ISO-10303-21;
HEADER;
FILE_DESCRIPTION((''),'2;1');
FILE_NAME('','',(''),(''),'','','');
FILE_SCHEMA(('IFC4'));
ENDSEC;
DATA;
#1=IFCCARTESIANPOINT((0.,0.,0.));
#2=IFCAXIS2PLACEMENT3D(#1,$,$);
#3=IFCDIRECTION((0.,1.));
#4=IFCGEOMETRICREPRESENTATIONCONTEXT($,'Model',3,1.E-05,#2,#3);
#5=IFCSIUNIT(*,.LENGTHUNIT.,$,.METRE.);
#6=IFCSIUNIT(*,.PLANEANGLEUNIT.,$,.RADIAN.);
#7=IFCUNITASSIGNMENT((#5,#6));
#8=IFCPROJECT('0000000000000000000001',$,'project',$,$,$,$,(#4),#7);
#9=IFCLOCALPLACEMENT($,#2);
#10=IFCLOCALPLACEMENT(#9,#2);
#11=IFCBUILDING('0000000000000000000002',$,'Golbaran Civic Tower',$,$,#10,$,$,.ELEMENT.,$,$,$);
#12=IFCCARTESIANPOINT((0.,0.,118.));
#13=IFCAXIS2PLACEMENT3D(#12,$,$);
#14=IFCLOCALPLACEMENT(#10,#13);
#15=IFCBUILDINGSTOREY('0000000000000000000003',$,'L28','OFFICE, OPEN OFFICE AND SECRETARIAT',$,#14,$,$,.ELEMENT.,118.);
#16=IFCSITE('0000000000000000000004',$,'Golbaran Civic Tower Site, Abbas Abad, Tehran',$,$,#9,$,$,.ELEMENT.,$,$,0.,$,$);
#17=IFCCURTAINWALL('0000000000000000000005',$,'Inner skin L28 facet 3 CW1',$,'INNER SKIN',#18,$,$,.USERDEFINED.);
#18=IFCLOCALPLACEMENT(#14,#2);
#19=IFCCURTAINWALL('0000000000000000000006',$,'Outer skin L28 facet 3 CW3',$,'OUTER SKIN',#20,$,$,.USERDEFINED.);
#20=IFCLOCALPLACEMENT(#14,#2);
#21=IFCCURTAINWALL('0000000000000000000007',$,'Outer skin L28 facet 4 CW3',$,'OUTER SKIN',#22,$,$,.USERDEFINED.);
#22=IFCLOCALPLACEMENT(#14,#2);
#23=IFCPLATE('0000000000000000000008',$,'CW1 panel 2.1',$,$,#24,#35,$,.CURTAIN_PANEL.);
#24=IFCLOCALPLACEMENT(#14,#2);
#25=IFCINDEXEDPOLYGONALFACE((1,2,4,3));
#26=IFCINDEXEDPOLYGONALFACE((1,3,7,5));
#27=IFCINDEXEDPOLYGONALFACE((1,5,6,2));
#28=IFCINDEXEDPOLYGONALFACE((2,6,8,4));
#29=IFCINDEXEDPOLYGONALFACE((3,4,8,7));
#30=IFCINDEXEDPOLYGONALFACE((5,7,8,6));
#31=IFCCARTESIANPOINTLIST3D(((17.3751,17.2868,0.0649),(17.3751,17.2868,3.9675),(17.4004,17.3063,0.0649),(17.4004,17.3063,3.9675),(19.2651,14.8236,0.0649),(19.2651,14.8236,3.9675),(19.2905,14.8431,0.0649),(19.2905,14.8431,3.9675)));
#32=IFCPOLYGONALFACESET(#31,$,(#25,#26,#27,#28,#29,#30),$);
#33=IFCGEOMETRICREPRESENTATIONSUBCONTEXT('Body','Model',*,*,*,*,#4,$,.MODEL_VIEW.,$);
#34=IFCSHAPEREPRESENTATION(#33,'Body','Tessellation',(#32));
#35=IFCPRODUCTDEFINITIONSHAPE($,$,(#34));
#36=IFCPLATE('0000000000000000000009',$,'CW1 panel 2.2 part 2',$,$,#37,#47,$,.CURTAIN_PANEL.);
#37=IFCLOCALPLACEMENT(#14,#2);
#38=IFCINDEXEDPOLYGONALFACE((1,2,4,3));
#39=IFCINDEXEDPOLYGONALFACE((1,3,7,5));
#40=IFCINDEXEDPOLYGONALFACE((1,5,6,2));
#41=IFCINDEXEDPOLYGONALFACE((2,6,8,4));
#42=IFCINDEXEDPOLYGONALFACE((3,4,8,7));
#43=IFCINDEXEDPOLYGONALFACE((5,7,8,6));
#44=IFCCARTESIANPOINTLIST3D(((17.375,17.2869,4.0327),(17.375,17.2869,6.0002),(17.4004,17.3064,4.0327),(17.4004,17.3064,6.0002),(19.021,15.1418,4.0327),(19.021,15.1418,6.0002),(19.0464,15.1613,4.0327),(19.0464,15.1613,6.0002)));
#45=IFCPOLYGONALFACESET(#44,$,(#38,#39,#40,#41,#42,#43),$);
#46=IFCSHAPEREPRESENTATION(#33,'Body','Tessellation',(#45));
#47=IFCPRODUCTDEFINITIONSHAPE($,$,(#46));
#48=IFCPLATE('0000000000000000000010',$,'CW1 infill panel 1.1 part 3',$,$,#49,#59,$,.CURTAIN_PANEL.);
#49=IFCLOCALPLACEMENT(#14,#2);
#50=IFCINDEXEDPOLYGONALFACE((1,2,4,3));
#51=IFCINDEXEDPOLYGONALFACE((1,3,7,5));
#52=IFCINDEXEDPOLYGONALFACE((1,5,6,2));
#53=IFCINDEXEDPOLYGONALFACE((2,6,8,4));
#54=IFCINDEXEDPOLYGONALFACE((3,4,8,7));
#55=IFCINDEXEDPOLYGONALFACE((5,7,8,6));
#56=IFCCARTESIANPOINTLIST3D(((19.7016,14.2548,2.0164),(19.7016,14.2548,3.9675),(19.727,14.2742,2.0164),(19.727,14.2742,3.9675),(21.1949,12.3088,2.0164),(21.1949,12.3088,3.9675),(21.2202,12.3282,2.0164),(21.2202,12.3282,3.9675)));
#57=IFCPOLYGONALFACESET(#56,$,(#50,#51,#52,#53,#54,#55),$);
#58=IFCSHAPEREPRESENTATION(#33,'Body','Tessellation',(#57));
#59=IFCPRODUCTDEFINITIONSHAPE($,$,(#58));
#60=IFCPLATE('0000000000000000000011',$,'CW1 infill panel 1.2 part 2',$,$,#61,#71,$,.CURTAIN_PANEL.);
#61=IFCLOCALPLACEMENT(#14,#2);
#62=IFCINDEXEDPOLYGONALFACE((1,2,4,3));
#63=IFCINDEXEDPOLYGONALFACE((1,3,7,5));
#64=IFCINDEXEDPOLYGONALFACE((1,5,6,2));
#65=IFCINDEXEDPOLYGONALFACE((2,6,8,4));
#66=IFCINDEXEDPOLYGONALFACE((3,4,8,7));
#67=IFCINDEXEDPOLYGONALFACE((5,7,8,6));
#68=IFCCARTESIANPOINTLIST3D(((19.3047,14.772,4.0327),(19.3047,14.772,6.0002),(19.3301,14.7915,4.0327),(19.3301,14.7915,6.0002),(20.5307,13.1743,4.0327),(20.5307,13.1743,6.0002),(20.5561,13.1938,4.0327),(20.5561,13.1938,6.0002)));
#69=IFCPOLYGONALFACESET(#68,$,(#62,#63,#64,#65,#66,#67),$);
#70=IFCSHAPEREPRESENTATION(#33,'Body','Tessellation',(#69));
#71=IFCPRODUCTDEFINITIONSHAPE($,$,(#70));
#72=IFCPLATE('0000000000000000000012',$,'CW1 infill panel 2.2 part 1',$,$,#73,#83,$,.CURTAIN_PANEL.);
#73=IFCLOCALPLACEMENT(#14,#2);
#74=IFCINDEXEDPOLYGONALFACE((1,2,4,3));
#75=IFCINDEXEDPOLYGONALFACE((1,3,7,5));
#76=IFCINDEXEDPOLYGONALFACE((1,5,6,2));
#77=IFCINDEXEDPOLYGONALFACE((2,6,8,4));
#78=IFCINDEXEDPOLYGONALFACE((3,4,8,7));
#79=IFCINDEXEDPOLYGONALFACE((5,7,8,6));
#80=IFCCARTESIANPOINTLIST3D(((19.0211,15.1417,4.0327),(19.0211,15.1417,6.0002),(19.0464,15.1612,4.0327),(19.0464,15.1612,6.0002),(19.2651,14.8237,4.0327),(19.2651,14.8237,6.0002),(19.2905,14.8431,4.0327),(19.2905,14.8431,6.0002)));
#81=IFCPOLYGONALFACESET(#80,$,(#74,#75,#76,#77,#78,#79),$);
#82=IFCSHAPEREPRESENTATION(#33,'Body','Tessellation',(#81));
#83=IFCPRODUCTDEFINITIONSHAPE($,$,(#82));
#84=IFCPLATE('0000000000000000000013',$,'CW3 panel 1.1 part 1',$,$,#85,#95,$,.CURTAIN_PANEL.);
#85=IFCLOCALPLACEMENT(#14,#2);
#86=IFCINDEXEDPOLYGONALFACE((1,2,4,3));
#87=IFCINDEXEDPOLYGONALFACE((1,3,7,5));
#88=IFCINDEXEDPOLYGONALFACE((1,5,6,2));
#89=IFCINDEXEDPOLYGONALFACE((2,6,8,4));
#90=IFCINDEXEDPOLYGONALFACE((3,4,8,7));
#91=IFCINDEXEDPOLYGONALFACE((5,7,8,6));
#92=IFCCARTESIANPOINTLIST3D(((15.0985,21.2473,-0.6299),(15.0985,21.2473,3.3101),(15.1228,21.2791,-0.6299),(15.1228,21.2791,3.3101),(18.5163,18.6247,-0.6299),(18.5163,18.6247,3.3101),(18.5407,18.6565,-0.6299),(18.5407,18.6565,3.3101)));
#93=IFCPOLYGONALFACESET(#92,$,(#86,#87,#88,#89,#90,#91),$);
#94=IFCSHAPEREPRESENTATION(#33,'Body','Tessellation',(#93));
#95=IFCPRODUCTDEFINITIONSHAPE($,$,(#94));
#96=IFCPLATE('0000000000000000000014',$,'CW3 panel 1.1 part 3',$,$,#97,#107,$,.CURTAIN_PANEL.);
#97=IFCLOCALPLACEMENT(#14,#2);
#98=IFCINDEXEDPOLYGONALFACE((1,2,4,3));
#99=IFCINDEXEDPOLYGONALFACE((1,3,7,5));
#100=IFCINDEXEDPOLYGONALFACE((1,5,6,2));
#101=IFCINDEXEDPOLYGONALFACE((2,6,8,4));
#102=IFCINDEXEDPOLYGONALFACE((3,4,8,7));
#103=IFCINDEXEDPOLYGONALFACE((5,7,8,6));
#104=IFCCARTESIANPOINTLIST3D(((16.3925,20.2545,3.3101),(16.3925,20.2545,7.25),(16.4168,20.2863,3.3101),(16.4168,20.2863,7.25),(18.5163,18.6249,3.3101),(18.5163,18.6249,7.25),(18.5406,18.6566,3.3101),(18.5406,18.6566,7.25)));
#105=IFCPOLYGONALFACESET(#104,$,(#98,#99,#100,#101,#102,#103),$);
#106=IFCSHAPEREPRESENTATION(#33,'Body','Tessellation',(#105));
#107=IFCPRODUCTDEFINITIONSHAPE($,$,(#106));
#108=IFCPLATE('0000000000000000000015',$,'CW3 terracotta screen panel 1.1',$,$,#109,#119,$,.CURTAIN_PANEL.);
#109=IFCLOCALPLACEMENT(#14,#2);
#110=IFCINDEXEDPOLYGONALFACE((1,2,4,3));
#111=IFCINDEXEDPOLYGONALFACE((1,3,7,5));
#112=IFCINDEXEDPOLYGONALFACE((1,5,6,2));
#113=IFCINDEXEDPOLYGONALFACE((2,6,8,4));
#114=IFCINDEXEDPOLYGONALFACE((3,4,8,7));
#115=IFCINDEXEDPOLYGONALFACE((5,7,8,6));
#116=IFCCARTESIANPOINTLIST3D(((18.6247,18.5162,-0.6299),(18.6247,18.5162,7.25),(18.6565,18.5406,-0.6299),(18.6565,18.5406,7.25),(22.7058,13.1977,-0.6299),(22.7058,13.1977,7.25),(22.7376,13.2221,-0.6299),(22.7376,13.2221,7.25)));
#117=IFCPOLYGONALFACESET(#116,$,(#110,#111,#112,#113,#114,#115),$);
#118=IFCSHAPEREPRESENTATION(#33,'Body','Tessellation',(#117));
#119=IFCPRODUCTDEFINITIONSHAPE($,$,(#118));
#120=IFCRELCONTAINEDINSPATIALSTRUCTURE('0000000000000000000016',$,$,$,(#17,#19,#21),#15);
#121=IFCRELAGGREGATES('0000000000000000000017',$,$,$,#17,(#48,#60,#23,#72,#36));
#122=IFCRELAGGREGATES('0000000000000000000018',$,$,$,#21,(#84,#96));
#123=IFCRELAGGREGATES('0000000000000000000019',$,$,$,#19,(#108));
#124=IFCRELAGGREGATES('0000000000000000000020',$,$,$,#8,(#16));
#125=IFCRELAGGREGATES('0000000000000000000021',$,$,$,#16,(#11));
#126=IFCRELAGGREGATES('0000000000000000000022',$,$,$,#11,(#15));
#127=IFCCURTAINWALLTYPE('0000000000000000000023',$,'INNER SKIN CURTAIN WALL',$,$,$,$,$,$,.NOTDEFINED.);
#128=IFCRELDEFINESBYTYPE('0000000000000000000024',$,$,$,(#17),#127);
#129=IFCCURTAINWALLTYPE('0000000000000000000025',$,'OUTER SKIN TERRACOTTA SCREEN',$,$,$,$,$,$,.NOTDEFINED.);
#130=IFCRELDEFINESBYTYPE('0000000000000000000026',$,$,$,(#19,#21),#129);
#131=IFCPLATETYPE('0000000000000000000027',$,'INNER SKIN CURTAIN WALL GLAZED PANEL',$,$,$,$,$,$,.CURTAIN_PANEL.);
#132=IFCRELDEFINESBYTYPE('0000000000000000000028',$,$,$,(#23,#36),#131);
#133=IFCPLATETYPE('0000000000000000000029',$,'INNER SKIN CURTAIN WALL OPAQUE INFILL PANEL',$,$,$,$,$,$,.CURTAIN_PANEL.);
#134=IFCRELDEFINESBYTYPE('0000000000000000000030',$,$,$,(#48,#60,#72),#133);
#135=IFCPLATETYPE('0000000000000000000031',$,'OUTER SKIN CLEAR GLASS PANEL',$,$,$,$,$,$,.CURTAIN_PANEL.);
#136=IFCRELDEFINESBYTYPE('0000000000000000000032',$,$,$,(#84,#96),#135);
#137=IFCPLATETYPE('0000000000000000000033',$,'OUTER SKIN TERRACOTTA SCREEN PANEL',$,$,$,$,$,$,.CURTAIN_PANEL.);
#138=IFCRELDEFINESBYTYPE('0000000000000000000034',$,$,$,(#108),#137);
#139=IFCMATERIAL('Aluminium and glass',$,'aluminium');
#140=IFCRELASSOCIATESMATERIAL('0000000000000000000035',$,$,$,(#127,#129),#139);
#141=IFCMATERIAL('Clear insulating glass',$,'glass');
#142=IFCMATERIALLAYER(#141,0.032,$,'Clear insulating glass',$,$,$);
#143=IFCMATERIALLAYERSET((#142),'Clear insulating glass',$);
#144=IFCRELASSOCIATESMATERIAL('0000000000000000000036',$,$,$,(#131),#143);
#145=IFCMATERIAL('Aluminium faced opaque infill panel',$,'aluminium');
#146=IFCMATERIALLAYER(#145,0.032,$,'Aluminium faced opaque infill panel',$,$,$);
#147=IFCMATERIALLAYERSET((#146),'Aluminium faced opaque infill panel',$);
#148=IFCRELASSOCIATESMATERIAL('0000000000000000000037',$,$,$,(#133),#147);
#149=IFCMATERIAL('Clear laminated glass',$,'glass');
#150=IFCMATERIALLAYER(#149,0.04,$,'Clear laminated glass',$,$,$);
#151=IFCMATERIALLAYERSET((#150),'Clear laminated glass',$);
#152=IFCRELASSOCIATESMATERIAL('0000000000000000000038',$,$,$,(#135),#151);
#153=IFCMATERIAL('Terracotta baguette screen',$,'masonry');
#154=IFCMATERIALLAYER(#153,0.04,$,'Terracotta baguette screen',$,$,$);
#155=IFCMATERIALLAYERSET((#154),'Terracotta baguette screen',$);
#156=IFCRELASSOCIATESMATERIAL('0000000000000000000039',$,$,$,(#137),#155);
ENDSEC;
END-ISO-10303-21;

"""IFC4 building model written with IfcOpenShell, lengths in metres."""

from ifc_helpers import new_model, si_unit, direction, frame, origin, origin_2d, place, context, subcontext, project, spatial, rectangle, extrude, material, layer, layer_set, type_object, element, aggregate, save


model = new_model("IFC4")

# Units and contexts
model_context = context("Model", 3, precision=1e-05, world=origin(), true_north=direction((0.0, 1.0)))
body_context = subcontext(model_context, "Body", "Model", "MODEL_VIEW")
ifc_project = project(units=[si_unit("LENGTHUNIT", "METRE"), si_unit("PLANEANGLEUNIT", "RADIAN")], contexts=[model_context])

# Site, building, storey
site_placement = place(None, origin())
site = spatial("IfcSite", under=ifc_project, at=site_placement, Name="Golbaran Civic Tower Site, Abbas Abad, Tehran", CompositionType="ELEMENT", RefElevation=0.0)
building_placement = place(site_placement, origin())
building = spatial("IfcBuilding", under=site, at=building_placement, Name="Golbaran Civic Tower", CompositionType="ELEMENT")
storey_placement = place(building_placement, frame((0.0, 0.0, 118.0)))
storey = spatial("IfcBuildingStorey", under=building, at=storey_placement, Name="L28", Description="OFFICE, OPEN OFFICE AND SECRETARIAT", CompositionType="ELEMENT", Elevation=118.0)

# Curtain wall
ifc_material_1 = material(Name="Aluminium and glass", Category="aluminium")
curtain_wall_type_1 = type_object("IfcCurtainWallType", Name="INNER SKIN CURTAIN WALL", PredefinedType="NOTDEFINED", material=ifc_material_1)
curtain_wall_1_placement = place(storey_placement, origin())
curtain_wall_1 = element("IfcCurtainWall", 1, at=curtain_wall_1_placement, inside=storey, type_object=curtain_wall_type_1, Name="Inner skin L28 facet 3 CW1", ObjectType="INNER SKIN", PredefinedType="USERDEFINED")

# Curtain wall
curtain_wall_type_2 = type_object("IfcCurtainWallType", Name="OUTER SKIN TERRACOTTA SCREEN", PredefinedType="NOTDEFINED", material=ifc_material_1)
curtain_wall_2_placement = place(storey_placement, origin())
curtain_wall_2 = element("IfcCurtainWall", 2, at=curtain_wall_2_placement, inside=storey, type_object=curtain_wall_type_2, Name="Outer skin L28 facet 3 CW3", ObjectType="OUTER SKIN", PredefinedType="USERDEFINED")

# Curtain wall
curtain_wall_3_placement = place(storey_placement, origin())
curtain_wall_3 = element("IfcCurtainWall", 3, at=curtain_wall_3_placement, inside=storey, type_object=curtain_wall_type_2, Name="Outer skin L28 facet 4 CW3", ObjectType="OUTER SKIN", PredefinedType="USERDEFINED")

# Plates
ifc_material_2 = material(Name="Clear insulating glass", Category="glass")
ifc_layer_1 = layer(ifc_material_2, 0.032, Name="Clear insulating glass")
ifc_layer_set_1 = layer_set([ifc_layer_1], Name="Clear insulating glass")
plate_type_1 = type_object("IfcPlateType", Name="INNER SKIN CURTAIN WALL GLAZED PANEL", PredefinedType="CURTAIN_PANEL", material=ifc_layer_set_1)
plate_1_placement = place(storey_placement, frame((18.3328, 16.0649, 0.0649), z_axis=(0.0, 0.0, 1.0), x_axis=(-0.608761, 0.793353, 0.0)))
plate_1 = element("IfcPlate", 4, at=plate_1_placement, type_object=plate_type_1, Name="CW1 panel 2.1", PredefinedType="CURTAIN_PANEL", context=body_context, shape_type="SweptSolid", body=[
    extrude(rectangle(XDim=3.1047, YDim=0.032, at=origin_2d()), origin(), (0.0, 0.0, 1.0), 3.9026),
])
plate_2_placement = place(storey_placement, frame((18.2107, 16.2241, 4.0327), z_axis=(0.0, 0.0, 1.0), x_axis=(-0.608761, 0.793353, 0.0)))
plate_2 = element("IfcPlate", 5, at=plate_2_placement, type_object=plate_type_1, Name="CW1 panel 2.2 part 2", PredefinedType="CURTAIN_PANEL", context=body_context, shape_type="SweptSolid", body=[
    extrude(rectangle(XDim=2.7039, YDim=0.032, at=origin_2d()), origin(), (0.0, 0.0, 1.0), 1.9675),
])
ifc_material_3 = material(Name="Aluminium faced opaque infill panel", Category="aluminium")
ifc_layer_2 = layer(ifc_material_3, 0.032, Name="Aluminium faced opaque infill panel")
ifc_layer_set_2 = layer_set([ifc_layer_2], Name="Aluminium faced opaque infill panel")
plate_type_2 = type_object("IfcPlateType", Name="INNER SKIN CURTAIN WALL OPAQUE INFILL PANEL", PredefinedType="CURTAIN_PANEL", material=ifc_layer_set_2)
plate_3_placement = place(storey_placement, frame((20.4609, 13.2915, 2.0164), z_axis=(0.0, 0.0, 1.0), x_axis=(-0.608761, 0.793353, 0.0)))
plate_3 = element("IfcPlate", 6, at=plate_3_placement, type_object=plate_type_2, Name="CW1 infill panel 1.1 part 3", PredefinedType="CURTAIN_PANEL", context=body_context, shape_type="SweptSolid", body=[
    extrude(rectangle(XDim=2.4529, YDim=0.032, at=origin_2d()), origin(), (0.0, 0.0, 1.0), 1.9512),
])
plate_4_placement = place(storey_placement, frame((19.9304, 13.9829, 4.0327), z_axis=(0.0, 0.0, 1.0), x_axis=(-0.608761, 0.793353, 0.0)))
plate_4 = element("IfcPlate", 7, at=plate_4_placement, type_object=plate_type_2, Name="CW1 infill panel 1.2 part 2", PredefinedType="CURTAIN_PANEL", context=body_context, shape_type="SweptSolid", body=[
    extrude(rectangle(XDim=2.0139, YDim=0.032, at=origin_2d()), origin(), (0.0, 0.0, 1.0), 1.9675),
])
plate_5_placement = place(storey_placement, frame((19.1558, 14.9924, 4.0327), z_axis=(0.0, 0.0, 1.0), x_axis=(-0.608761, 0.793353, 0.0)))
plate_5 = element("IfcPlate", 8, at=plate_5_placement, type_object=plate_type_2, Name="CW1 infill panel 2.2 part 1", PredefinedType="CURTAIN_PANEL", context=body_context, shape_type="SweptSolid", body=[
    extrude(rectangle(XDim=0.4009, YDim=0.032, at=origin_2d()), origin(), (0.0, 0.0, 1.0), 1.9675),
])
aggregate(curtain_wall_1, [plate_3, plate_4, plate_1, plate_5, plate_2])
ifc_material_4 = material(Name="Clear laminated glass", Category="glass")
ifc_layer_3 = layer(ifc_material_4, 0.04, Name="Clear laminated glass")
ifc_layer_set_3 = layer_set([ifc_layer_3], Name="Clear laminated glass")
plate_type_3 = type_object("IfcPlateType", Name="OUTER SKIN CLEAR GLASS PANEL", PredefinedType="CURTAIN_PANEL", material=ifc_layer_set_3)
plate_6_placement = place(storey_placement, frame((16.8196, 19.9519, -0.6299), z_axis=(0.0, 0.0, 1.0), x_axis=(-0.793353, 0.608761, 0.0)))
plate_6 = element("IfcPlate", 9, at=plate_6_placement, type_object=plate_type_3, Name="CW3 panel 1.1 part 1", PredefinedType="CURTAIN_PANEL", context=body_context, shape_type="SweptSolid", body=[
    extrude(rectangle(XDim=4.3081, YDim=0.04, at=origin_2d()), origin(), (0.0, 0.0, 1.0), 3.9399),
])
plate_7_placement = place(storey_placement, frame((17.4666, 19.4556, 3.3101), z_axis=(0.0, 0.0, 1.0), x_axis=(-0.793353, 0.608761, 0.0)))
plate_7 = element("IfcPlate", 10, at=plate_7_placement, type_object=plate_type_3, Name="CW3 panel 1.1 part 3", PredefinedType="CURTAIN_PANEL", context=body_context, shape_type="SweptSolid", body=[
    extrude(rectangle(XDim=2.677, YDim=0.04, at=origin_2d()), origin(), (0.0, 0.0, 1.0), 3.9399),
])
aggregate(curtain_wall_3, [plate_6, plate_7])
ifc_material_5 = material(Name="Terracotta baguette screen", Category="masonry")
ifc_layer_4 = layer(ifc_material_5, 0.04, Name="Terracotta baguette screen")
ifc_layer_set_4 = layer_set([ifc_layer_4], Name="Terracotta baguette screen")
plate_type_4 = type_object("IfcPlateType", Name="OUTER SKIN TERRACOTTA SCREEN PANEL", PredefinedType="CURTAIN_PANEL", material=ifc_layer_set_4)
plate_8_placement = place(storey_placement, frame((20.6812, 15.8691, -0.6299), z_axis=(0.0, 0.0, 1.0), x_axis=(-0.608761, 0.793353, 0.0)))
plate_8 = element("IfcPlate", 11, at=plate_8_placement, type_object=plate_type_4, Name="CW3 terracotta screen panel 1.1", PredefinedType="CURTAIN_PANEL", context=body_context, shape_type="SweptSolid", body=[
    extrude(rectangle(XDim=6.7039, YDim=0.04, at=origin_2d()), origin(), (0.0, 0.0, 1.0), 7.8799),
])
aggregate(curtain_wall_2, [plate_8])

save(model, "model.ifc")
